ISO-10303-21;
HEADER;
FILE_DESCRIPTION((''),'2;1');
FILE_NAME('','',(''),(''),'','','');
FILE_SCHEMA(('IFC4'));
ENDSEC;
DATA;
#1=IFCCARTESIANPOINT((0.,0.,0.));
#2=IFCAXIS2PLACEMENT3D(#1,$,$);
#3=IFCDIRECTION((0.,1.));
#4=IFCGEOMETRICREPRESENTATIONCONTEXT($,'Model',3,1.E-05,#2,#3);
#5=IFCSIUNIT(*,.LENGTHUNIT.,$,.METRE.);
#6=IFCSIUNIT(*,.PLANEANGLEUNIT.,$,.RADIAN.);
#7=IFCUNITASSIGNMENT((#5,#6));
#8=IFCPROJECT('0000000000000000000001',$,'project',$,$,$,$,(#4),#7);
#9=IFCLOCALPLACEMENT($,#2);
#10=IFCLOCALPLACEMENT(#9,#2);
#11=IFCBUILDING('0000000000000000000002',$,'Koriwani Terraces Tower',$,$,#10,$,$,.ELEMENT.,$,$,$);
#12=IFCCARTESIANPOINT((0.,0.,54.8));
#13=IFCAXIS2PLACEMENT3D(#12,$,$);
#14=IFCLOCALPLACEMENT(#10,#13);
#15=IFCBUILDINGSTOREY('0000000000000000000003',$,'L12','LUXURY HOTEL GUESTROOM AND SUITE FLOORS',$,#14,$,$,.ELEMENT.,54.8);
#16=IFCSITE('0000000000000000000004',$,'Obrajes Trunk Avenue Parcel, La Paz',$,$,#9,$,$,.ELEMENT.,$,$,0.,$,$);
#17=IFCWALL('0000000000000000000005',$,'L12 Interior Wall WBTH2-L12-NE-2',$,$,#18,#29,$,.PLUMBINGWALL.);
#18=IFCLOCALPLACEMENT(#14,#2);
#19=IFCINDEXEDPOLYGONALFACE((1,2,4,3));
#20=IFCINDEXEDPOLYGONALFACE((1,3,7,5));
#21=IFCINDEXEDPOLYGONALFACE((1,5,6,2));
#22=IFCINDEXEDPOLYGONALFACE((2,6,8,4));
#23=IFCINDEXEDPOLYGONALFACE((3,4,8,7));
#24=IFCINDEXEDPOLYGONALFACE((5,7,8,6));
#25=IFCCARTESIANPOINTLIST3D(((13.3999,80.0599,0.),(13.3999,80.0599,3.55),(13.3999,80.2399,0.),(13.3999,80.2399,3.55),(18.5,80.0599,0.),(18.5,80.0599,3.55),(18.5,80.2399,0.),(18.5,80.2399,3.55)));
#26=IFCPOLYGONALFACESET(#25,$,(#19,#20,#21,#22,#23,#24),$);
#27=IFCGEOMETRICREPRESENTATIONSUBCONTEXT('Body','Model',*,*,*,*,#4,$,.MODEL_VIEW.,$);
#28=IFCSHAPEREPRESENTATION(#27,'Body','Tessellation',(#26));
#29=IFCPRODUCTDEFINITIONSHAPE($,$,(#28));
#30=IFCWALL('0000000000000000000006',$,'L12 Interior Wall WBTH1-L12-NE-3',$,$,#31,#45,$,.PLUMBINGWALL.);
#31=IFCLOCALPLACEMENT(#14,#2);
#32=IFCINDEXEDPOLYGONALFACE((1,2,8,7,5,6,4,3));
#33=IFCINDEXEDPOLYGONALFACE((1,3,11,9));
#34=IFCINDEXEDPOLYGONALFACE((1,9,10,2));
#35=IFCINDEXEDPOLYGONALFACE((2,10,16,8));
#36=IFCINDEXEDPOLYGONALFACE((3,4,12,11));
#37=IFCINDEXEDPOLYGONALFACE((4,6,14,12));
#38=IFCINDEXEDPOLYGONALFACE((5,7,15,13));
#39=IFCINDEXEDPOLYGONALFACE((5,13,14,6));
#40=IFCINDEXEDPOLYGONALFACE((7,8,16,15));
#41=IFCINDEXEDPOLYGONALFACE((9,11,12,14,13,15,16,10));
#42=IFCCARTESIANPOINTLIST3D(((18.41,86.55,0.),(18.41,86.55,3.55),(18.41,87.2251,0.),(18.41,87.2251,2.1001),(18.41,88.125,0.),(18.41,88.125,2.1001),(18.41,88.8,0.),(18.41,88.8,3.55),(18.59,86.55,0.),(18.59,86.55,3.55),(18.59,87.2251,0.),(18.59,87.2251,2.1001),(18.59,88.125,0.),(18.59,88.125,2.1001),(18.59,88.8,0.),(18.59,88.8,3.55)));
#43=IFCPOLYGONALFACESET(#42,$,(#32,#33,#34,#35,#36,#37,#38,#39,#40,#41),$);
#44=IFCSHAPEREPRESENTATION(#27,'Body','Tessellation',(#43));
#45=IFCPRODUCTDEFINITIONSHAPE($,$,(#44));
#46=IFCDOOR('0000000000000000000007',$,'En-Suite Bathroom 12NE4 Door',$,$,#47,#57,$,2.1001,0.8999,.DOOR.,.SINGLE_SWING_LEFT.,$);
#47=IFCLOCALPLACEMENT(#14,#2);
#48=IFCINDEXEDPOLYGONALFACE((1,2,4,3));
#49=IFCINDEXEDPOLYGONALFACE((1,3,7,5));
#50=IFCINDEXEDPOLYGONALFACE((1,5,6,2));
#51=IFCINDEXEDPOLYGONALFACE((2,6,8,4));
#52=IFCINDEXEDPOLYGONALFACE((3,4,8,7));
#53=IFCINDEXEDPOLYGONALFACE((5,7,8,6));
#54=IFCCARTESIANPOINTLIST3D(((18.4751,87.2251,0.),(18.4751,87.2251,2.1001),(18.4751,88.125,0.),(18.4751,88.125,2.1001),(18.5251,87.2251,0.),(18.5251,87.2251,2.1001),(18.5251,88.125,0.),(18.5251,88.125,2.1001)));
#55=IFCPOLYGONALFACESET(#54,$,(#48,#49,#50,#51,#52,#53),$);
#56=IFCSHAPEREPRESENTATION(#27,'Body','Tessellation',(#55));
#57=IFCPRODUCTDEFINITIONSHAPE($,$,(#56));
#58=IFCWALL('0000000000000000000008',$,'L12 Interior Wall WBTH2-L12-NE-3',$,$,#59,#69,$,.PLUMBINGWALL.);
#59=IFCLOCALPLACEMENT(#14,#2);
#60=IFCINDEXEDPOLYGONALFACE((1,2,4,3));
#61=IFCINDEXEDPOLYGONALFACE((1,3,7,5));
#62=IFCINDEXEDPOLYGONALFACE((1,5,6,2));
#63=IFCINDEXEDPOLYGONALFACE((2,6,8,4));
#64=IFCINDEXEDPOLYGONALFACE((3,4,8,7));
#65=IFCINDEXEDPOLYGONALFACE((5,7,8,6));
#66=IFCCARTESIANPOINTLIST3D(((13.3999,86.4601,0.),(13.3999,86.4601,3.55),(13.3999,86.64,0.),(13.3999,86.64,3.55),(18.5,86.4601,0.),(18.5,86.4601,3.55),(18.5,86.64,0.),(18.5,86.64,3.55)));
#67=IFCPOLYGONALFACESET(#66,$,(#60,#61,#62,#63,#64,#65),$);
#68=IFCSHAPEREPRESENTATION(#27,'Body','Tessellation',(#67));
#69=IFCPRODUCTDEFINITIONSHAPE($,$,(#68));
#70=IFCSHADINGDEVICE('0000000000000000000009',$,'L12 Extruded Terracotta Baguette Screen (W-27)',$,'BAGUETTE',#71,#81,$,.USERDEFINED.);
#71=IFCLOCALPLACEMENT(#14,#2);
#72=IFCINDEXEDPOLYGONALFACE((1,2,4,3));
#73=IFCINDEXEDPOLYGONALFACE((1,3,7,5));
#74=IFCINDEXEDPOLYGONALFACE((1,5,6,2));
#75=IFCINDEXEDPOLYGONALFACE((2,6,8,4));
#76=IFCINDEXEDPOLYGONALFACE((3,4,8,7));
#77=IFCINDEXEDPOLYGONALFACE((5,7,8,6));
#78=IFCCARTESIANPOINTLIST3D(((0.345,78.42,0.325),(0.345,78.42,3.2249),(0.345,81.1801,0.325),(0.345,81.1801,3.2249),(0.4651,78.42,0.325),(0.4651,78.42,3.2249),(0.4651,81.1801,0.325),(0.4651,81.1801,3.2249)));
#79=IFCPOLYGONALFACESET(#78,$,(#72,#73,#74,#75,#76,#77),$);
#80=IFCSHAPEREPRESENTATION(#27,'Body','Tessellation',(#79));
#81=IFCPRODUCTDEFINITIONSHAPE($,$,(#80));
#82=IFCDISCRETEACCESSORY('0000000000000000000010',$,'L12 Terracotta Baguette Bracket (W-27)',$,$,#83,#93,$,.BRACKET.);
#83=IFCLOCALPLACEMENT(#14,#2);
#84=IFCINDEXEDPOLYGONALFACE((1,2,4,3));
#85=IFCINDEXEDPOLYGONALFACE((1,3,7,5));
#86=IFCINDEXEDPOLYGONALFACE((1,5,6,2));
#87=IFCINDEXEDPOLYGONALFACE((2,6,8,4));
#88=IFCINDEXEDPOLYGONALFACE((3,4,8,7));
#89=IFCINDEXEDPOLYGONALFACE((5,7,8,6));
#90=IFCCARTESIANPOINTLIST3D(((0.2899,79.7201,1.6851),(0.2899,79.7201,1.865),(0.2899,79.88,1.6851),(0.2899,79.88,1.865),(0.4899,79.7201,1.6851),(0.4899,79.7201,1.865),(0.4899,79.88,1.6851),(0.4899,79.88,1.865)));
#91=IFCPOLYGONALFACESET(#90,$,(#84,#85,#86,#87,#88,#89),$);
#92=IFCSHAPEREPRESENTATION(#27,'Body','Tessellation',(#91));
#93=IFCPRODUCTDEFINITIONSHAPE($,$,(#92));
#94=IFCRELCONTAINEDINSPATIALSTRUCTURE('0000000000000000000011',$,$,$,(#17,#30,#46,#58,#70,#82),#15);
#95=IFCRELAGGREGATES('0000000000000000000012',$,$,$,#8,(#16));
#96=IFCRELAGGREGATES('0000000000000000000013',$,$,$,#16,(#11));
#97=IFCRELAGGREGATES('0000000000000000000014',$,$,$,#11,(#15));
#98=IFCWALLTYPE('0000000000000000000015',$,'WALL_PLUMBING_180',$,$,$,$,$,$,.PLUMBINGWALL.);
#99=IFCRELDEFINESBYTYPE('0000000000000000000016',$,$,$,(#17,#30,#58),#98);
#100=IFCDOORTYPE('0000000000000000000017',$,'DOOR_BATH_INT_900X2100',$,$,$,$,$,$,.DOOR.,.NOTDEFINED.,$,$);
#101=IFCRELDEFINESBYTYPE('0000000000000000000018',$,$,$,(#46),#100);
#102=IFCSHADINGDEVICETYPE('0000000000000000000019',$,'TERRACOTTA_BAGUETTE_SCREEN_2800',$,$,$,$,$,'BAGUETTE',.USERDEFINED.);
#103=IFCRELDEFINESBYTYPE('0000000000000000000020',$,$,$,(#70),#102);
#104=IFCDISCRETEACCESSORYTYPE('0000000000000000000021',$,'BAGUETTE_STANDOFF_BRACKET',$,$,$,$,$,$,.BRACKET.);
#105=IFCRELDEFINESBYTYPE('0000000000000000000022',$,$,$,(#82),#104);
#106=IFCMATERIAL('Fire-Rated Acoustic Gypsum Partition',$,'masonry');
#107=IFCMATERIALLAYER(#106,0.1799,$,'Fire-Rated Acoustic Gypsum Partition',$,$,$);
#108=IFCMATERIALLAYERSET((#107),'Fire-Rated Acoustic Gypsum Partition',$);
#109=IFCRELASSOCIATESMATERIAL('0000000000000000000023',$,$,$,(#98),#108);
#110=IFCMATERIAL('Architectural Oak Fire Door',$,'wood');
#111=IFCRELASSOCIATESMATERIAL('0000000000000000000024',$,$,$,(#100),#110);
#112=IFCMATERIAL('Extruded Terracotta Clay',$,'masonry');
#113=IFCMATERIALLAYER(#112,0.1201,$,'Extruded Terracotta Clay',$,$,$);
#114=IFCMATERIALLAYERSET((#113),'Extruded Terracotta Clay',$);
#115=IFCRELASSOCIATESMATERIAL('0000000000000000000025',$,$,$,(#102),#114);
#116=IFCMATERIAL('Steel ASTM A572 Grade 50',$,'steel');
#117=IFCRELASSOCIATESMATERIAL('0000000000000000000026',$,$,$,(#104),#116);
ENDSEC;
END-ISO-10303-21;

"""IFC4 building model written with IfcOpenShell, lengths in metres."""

from ifc_helpers import new_model, si_unit, direction, frame, frame_2d, origin, origin_2d, place, context, subcontext, project, spatial, rectangle, extrude, material, layer, layer_set, type_object, element, fill, save


model = new_model("IFC4")

# Units and contexts
model_context = context("Model", 3, precision=1e-05, world=origin(), true_north=direction((0.0, 1.0)))
body_context = subcontext(model_context, "Body", "Model", "MODEL_VIEW")
ifc_project = project(units=[si_unit("LENGTHUNIT", "METRE"), si_unit("PLANEANGLEUNIT", "RADIAN")], contexts=[model_context])

# Site, building, storey
site_placement = place(None, origin())
site = spatial("IfcSite", under=ifc_project, at=site_placement, Name="Obrajes Trunk Avenue Parcel, La Paz", CompositionType="ELEMENT", RefElevation=0.0)
building_placement = place(site_placement, origin())
building = spatial("IfcBuilding", under=site, at=building_placement, Name="Koriwani Terraces Tower", CompositionType="ELEMENT")
storey_placement = place(building_placement, frame((0.0, 0.0, 54.8)))
storey = spatial("IfcBuildingStorey", under=building, at=storey_placement, Name="L12", Description="LUXURY HOTEL GUESTROOM AND SUITE FLOORS", CompositionType="ELEMENT", Elevation=54.8)

# Shared definitions
ifc_material_1 = material(Name="Steel ASTM A572 Grade 50", Category="steel")

# Shared definitions
ifc_material_2 = material(Name="Fire-Rated Acoustic Gypsum Partition", Category="masonry")
ifc_layer_1 = layer(ifc_material_2, 0.1799, Name="Fire-Rated Acoustic Gypsum Partition")
ifc_layer_set_1 = layer_set([ifc_layer_1], Name="Fire-Rated Acoustic Gypsum Partition")
wall_type_1 = type_object("IfcWallType", Name="WALL_PLUMBING_180", PredefinedType="PLUMBINGWALL", material=ifc_layer_set_1)
ifc_material_3 = material(Name="Architectural Oak Fire Door", Category="wood")
door_type = type_object("IfcDoorType", Name="DOOR_BATH_INT_900X2100", OperationType="NOTDEFINED", PredefinedType="DOOR", material=ifc_material_3)

# Wall
wall_1_placement = place(storey_placement, frame((13.3999, 80.1499, 0.0), z_axis=(0.0, 0.0, 1.0), x_axis=(1.0, 0.0, 0.0)))
element("IfcWall", 1, at=wall_1_placement, inside=storey, type_object=wall_type_1, Name="L12 Interior Wall WBTH2-L12-NE-2", PredefinedType="PLUMBINGWALL", context=body_context, shape_type="SweptSolid", body=[
    extrude(rectangle(XDim=5.1001, YDim=0.1799, at=frame_2d((2.55, 0.0))), origin(), (0.0, 0.0, 1.0), 3.55),
])

# Wall, opening, door
wall_2_placement = place(storey_placement, frame((18.5, 86.55, 0.0), z_axis=(0.0, 0.0, 1.0), x_axis=(0.0, 1.0, 0.0)))
wall_2 = element("IfcWall", 2, at=wall_2_placement, inside=storey, type_object=wall_type_1, Name="L12 Interior Wall WBTH1-L12-NE-3", PredefinedType="PLUMBINGWALL", context=body_context, shape_type="SweptSolid", body=[
    extrude(rectangle(XDim=2.25, YDim=0.1799, at=frame_2d((1.125, 0.0))), origin(), (0.0, 0.0, 1.0), 3.55),
])
opening_1_placement = place(wall_2_placement, frame((0.675, 0.0, 0.0)))
opening_1 = element("IfcOpeningElement", 3, at=opening_1_placement, cuts=wall_2, PredefinedType="OPENING", context=body_context, shape_type="SweptSolid", body=[
    extrude(rectangle(XDim=0.8999, YDim=2.1001, at=frame_2d((0.45, 1.05))), frame((0.0, 0.1001, 0.0), z_axis=(0.0, -1.0, 0.0), x_axis=(1.0, 0.0, 0.0)), (0.0, 0.0, 1.0), 0.2),
])
door_1_placement = place(opening_1_placement, origin())
door_1 = element("IfcDoor", 4, at=door_1_placement, inside=storey, type_object=door_type, Name="En-Suite Bathroom 12NE4 Door", OperationType="SINGLE_SWING_LEFT", OverallHeight=2.1001, OverallWidth=0.8999, PredefinedType="DOOR", context=body_context, shape_type="SweptSolid", body=[
    extrude(rectangle(XDim=0.8999, YDim=2.1001, at=frame_2d((0.45, 1.05))), frame((0.0, 0.0249, 0.0), z_axis=(0.0, -1.0, 0.0), x_axis=(1.0, 0.0, 0.0)), (0.0, 0.0, 1.0), 0.05),
])
fill(opening_1, door_1)

# Wall
wall_3_placement = place(storey_placement, frame((13.3999, 86.55, 0.0), z_axis=(0.0, 0.0, 1.0), x_axis=(1.0, 0.0, 0.0)))
element("IfcWall", 5, at=wall_3_placement, inside=storey, type_object=wall_type_1, Name="L12 Interior Wall WBTH2-L12-NE-3", PredefinedType="PLUMBINGWALL", context=body_context, shape_type="SweptSolid", body=[
    extrude(rectangle(XDim=5.1001, YDim=0.1799, at=frame_2d((2.55, 0.0))), origin(), (0.0, 0.0, 1.0), 3.55),
])

# Shading device
ifc_material_4 = material(Name="Extruded Terracotta Clay", Category="masonry")
ifc_layer_2 = layer(ifc_material_4, 0.1201, Name="Extruded Terracotta Clay")
ifc_layer_set_2 = layer_set([ifc_layer_2], Name="Extruded Terracotta Clay")
shading_device_type = type_object("IfcShadingDeviceType", Name="TERRACOTTA_BAGUETTE_SCREEN_2800", ElementType="BAGUETTE", PredefinedType="USERDEFINED", material=ifc_layer_set_2)
shading_device_placement = place(storey_placement, frame((0.405, 79.8, 0.325), z_axis=(0.0, 0.0, 1.0), x_axis=(0.0, 1.0, 0.0)))
element("IfcShadingDevice", 6, at=shading_device_placement, inside=storey, type_object=shading_device_type, Name="L12 Extruded Terracotta Baguette Screen (W-27)", ObjectType="BAGUETTE", PredefinedType="USERDEFINED", context=body_context, shape_type="SweptSolid", body=[
    extrude(rectangle(XDim=2.76, YDim=0.1201, at=origin_2d()), origin(), (0.0, 0.0, 1.0), 2.8999),
])

# Discrete accessory
discrete_accessory_type = type_object("IfcDiscreteAccessoryType", Name="BAGUETTE_STANDOFF_BRACKET", PredefinedType="BRACKET", material=ifc_material_1)
discrete_accessory_placement = place(storey_placement, frame((0.3899, 79.8, 1.6851), z_axis=(0.0, 0.0, 1.0), x_axis=(0.0, 1.0, 0.0)))
element("IfcDiscreteAccessory", 7, at=discrete_accessory_placement, inside=storey, type_object=discrete_accessory_type, Name="L12 Terracotta Baguette Bracket (W-27)", PredefinedType="BRACKET", context=body_context, shape_type="SweptSolid", body=[
    extrude(rectangle(XDim=0.1599, YDim=0.2, at=origin_2d()), origin(), (0.0, 0.0, 1.0), 0.1799),
])

save(model, "model.ifc")
